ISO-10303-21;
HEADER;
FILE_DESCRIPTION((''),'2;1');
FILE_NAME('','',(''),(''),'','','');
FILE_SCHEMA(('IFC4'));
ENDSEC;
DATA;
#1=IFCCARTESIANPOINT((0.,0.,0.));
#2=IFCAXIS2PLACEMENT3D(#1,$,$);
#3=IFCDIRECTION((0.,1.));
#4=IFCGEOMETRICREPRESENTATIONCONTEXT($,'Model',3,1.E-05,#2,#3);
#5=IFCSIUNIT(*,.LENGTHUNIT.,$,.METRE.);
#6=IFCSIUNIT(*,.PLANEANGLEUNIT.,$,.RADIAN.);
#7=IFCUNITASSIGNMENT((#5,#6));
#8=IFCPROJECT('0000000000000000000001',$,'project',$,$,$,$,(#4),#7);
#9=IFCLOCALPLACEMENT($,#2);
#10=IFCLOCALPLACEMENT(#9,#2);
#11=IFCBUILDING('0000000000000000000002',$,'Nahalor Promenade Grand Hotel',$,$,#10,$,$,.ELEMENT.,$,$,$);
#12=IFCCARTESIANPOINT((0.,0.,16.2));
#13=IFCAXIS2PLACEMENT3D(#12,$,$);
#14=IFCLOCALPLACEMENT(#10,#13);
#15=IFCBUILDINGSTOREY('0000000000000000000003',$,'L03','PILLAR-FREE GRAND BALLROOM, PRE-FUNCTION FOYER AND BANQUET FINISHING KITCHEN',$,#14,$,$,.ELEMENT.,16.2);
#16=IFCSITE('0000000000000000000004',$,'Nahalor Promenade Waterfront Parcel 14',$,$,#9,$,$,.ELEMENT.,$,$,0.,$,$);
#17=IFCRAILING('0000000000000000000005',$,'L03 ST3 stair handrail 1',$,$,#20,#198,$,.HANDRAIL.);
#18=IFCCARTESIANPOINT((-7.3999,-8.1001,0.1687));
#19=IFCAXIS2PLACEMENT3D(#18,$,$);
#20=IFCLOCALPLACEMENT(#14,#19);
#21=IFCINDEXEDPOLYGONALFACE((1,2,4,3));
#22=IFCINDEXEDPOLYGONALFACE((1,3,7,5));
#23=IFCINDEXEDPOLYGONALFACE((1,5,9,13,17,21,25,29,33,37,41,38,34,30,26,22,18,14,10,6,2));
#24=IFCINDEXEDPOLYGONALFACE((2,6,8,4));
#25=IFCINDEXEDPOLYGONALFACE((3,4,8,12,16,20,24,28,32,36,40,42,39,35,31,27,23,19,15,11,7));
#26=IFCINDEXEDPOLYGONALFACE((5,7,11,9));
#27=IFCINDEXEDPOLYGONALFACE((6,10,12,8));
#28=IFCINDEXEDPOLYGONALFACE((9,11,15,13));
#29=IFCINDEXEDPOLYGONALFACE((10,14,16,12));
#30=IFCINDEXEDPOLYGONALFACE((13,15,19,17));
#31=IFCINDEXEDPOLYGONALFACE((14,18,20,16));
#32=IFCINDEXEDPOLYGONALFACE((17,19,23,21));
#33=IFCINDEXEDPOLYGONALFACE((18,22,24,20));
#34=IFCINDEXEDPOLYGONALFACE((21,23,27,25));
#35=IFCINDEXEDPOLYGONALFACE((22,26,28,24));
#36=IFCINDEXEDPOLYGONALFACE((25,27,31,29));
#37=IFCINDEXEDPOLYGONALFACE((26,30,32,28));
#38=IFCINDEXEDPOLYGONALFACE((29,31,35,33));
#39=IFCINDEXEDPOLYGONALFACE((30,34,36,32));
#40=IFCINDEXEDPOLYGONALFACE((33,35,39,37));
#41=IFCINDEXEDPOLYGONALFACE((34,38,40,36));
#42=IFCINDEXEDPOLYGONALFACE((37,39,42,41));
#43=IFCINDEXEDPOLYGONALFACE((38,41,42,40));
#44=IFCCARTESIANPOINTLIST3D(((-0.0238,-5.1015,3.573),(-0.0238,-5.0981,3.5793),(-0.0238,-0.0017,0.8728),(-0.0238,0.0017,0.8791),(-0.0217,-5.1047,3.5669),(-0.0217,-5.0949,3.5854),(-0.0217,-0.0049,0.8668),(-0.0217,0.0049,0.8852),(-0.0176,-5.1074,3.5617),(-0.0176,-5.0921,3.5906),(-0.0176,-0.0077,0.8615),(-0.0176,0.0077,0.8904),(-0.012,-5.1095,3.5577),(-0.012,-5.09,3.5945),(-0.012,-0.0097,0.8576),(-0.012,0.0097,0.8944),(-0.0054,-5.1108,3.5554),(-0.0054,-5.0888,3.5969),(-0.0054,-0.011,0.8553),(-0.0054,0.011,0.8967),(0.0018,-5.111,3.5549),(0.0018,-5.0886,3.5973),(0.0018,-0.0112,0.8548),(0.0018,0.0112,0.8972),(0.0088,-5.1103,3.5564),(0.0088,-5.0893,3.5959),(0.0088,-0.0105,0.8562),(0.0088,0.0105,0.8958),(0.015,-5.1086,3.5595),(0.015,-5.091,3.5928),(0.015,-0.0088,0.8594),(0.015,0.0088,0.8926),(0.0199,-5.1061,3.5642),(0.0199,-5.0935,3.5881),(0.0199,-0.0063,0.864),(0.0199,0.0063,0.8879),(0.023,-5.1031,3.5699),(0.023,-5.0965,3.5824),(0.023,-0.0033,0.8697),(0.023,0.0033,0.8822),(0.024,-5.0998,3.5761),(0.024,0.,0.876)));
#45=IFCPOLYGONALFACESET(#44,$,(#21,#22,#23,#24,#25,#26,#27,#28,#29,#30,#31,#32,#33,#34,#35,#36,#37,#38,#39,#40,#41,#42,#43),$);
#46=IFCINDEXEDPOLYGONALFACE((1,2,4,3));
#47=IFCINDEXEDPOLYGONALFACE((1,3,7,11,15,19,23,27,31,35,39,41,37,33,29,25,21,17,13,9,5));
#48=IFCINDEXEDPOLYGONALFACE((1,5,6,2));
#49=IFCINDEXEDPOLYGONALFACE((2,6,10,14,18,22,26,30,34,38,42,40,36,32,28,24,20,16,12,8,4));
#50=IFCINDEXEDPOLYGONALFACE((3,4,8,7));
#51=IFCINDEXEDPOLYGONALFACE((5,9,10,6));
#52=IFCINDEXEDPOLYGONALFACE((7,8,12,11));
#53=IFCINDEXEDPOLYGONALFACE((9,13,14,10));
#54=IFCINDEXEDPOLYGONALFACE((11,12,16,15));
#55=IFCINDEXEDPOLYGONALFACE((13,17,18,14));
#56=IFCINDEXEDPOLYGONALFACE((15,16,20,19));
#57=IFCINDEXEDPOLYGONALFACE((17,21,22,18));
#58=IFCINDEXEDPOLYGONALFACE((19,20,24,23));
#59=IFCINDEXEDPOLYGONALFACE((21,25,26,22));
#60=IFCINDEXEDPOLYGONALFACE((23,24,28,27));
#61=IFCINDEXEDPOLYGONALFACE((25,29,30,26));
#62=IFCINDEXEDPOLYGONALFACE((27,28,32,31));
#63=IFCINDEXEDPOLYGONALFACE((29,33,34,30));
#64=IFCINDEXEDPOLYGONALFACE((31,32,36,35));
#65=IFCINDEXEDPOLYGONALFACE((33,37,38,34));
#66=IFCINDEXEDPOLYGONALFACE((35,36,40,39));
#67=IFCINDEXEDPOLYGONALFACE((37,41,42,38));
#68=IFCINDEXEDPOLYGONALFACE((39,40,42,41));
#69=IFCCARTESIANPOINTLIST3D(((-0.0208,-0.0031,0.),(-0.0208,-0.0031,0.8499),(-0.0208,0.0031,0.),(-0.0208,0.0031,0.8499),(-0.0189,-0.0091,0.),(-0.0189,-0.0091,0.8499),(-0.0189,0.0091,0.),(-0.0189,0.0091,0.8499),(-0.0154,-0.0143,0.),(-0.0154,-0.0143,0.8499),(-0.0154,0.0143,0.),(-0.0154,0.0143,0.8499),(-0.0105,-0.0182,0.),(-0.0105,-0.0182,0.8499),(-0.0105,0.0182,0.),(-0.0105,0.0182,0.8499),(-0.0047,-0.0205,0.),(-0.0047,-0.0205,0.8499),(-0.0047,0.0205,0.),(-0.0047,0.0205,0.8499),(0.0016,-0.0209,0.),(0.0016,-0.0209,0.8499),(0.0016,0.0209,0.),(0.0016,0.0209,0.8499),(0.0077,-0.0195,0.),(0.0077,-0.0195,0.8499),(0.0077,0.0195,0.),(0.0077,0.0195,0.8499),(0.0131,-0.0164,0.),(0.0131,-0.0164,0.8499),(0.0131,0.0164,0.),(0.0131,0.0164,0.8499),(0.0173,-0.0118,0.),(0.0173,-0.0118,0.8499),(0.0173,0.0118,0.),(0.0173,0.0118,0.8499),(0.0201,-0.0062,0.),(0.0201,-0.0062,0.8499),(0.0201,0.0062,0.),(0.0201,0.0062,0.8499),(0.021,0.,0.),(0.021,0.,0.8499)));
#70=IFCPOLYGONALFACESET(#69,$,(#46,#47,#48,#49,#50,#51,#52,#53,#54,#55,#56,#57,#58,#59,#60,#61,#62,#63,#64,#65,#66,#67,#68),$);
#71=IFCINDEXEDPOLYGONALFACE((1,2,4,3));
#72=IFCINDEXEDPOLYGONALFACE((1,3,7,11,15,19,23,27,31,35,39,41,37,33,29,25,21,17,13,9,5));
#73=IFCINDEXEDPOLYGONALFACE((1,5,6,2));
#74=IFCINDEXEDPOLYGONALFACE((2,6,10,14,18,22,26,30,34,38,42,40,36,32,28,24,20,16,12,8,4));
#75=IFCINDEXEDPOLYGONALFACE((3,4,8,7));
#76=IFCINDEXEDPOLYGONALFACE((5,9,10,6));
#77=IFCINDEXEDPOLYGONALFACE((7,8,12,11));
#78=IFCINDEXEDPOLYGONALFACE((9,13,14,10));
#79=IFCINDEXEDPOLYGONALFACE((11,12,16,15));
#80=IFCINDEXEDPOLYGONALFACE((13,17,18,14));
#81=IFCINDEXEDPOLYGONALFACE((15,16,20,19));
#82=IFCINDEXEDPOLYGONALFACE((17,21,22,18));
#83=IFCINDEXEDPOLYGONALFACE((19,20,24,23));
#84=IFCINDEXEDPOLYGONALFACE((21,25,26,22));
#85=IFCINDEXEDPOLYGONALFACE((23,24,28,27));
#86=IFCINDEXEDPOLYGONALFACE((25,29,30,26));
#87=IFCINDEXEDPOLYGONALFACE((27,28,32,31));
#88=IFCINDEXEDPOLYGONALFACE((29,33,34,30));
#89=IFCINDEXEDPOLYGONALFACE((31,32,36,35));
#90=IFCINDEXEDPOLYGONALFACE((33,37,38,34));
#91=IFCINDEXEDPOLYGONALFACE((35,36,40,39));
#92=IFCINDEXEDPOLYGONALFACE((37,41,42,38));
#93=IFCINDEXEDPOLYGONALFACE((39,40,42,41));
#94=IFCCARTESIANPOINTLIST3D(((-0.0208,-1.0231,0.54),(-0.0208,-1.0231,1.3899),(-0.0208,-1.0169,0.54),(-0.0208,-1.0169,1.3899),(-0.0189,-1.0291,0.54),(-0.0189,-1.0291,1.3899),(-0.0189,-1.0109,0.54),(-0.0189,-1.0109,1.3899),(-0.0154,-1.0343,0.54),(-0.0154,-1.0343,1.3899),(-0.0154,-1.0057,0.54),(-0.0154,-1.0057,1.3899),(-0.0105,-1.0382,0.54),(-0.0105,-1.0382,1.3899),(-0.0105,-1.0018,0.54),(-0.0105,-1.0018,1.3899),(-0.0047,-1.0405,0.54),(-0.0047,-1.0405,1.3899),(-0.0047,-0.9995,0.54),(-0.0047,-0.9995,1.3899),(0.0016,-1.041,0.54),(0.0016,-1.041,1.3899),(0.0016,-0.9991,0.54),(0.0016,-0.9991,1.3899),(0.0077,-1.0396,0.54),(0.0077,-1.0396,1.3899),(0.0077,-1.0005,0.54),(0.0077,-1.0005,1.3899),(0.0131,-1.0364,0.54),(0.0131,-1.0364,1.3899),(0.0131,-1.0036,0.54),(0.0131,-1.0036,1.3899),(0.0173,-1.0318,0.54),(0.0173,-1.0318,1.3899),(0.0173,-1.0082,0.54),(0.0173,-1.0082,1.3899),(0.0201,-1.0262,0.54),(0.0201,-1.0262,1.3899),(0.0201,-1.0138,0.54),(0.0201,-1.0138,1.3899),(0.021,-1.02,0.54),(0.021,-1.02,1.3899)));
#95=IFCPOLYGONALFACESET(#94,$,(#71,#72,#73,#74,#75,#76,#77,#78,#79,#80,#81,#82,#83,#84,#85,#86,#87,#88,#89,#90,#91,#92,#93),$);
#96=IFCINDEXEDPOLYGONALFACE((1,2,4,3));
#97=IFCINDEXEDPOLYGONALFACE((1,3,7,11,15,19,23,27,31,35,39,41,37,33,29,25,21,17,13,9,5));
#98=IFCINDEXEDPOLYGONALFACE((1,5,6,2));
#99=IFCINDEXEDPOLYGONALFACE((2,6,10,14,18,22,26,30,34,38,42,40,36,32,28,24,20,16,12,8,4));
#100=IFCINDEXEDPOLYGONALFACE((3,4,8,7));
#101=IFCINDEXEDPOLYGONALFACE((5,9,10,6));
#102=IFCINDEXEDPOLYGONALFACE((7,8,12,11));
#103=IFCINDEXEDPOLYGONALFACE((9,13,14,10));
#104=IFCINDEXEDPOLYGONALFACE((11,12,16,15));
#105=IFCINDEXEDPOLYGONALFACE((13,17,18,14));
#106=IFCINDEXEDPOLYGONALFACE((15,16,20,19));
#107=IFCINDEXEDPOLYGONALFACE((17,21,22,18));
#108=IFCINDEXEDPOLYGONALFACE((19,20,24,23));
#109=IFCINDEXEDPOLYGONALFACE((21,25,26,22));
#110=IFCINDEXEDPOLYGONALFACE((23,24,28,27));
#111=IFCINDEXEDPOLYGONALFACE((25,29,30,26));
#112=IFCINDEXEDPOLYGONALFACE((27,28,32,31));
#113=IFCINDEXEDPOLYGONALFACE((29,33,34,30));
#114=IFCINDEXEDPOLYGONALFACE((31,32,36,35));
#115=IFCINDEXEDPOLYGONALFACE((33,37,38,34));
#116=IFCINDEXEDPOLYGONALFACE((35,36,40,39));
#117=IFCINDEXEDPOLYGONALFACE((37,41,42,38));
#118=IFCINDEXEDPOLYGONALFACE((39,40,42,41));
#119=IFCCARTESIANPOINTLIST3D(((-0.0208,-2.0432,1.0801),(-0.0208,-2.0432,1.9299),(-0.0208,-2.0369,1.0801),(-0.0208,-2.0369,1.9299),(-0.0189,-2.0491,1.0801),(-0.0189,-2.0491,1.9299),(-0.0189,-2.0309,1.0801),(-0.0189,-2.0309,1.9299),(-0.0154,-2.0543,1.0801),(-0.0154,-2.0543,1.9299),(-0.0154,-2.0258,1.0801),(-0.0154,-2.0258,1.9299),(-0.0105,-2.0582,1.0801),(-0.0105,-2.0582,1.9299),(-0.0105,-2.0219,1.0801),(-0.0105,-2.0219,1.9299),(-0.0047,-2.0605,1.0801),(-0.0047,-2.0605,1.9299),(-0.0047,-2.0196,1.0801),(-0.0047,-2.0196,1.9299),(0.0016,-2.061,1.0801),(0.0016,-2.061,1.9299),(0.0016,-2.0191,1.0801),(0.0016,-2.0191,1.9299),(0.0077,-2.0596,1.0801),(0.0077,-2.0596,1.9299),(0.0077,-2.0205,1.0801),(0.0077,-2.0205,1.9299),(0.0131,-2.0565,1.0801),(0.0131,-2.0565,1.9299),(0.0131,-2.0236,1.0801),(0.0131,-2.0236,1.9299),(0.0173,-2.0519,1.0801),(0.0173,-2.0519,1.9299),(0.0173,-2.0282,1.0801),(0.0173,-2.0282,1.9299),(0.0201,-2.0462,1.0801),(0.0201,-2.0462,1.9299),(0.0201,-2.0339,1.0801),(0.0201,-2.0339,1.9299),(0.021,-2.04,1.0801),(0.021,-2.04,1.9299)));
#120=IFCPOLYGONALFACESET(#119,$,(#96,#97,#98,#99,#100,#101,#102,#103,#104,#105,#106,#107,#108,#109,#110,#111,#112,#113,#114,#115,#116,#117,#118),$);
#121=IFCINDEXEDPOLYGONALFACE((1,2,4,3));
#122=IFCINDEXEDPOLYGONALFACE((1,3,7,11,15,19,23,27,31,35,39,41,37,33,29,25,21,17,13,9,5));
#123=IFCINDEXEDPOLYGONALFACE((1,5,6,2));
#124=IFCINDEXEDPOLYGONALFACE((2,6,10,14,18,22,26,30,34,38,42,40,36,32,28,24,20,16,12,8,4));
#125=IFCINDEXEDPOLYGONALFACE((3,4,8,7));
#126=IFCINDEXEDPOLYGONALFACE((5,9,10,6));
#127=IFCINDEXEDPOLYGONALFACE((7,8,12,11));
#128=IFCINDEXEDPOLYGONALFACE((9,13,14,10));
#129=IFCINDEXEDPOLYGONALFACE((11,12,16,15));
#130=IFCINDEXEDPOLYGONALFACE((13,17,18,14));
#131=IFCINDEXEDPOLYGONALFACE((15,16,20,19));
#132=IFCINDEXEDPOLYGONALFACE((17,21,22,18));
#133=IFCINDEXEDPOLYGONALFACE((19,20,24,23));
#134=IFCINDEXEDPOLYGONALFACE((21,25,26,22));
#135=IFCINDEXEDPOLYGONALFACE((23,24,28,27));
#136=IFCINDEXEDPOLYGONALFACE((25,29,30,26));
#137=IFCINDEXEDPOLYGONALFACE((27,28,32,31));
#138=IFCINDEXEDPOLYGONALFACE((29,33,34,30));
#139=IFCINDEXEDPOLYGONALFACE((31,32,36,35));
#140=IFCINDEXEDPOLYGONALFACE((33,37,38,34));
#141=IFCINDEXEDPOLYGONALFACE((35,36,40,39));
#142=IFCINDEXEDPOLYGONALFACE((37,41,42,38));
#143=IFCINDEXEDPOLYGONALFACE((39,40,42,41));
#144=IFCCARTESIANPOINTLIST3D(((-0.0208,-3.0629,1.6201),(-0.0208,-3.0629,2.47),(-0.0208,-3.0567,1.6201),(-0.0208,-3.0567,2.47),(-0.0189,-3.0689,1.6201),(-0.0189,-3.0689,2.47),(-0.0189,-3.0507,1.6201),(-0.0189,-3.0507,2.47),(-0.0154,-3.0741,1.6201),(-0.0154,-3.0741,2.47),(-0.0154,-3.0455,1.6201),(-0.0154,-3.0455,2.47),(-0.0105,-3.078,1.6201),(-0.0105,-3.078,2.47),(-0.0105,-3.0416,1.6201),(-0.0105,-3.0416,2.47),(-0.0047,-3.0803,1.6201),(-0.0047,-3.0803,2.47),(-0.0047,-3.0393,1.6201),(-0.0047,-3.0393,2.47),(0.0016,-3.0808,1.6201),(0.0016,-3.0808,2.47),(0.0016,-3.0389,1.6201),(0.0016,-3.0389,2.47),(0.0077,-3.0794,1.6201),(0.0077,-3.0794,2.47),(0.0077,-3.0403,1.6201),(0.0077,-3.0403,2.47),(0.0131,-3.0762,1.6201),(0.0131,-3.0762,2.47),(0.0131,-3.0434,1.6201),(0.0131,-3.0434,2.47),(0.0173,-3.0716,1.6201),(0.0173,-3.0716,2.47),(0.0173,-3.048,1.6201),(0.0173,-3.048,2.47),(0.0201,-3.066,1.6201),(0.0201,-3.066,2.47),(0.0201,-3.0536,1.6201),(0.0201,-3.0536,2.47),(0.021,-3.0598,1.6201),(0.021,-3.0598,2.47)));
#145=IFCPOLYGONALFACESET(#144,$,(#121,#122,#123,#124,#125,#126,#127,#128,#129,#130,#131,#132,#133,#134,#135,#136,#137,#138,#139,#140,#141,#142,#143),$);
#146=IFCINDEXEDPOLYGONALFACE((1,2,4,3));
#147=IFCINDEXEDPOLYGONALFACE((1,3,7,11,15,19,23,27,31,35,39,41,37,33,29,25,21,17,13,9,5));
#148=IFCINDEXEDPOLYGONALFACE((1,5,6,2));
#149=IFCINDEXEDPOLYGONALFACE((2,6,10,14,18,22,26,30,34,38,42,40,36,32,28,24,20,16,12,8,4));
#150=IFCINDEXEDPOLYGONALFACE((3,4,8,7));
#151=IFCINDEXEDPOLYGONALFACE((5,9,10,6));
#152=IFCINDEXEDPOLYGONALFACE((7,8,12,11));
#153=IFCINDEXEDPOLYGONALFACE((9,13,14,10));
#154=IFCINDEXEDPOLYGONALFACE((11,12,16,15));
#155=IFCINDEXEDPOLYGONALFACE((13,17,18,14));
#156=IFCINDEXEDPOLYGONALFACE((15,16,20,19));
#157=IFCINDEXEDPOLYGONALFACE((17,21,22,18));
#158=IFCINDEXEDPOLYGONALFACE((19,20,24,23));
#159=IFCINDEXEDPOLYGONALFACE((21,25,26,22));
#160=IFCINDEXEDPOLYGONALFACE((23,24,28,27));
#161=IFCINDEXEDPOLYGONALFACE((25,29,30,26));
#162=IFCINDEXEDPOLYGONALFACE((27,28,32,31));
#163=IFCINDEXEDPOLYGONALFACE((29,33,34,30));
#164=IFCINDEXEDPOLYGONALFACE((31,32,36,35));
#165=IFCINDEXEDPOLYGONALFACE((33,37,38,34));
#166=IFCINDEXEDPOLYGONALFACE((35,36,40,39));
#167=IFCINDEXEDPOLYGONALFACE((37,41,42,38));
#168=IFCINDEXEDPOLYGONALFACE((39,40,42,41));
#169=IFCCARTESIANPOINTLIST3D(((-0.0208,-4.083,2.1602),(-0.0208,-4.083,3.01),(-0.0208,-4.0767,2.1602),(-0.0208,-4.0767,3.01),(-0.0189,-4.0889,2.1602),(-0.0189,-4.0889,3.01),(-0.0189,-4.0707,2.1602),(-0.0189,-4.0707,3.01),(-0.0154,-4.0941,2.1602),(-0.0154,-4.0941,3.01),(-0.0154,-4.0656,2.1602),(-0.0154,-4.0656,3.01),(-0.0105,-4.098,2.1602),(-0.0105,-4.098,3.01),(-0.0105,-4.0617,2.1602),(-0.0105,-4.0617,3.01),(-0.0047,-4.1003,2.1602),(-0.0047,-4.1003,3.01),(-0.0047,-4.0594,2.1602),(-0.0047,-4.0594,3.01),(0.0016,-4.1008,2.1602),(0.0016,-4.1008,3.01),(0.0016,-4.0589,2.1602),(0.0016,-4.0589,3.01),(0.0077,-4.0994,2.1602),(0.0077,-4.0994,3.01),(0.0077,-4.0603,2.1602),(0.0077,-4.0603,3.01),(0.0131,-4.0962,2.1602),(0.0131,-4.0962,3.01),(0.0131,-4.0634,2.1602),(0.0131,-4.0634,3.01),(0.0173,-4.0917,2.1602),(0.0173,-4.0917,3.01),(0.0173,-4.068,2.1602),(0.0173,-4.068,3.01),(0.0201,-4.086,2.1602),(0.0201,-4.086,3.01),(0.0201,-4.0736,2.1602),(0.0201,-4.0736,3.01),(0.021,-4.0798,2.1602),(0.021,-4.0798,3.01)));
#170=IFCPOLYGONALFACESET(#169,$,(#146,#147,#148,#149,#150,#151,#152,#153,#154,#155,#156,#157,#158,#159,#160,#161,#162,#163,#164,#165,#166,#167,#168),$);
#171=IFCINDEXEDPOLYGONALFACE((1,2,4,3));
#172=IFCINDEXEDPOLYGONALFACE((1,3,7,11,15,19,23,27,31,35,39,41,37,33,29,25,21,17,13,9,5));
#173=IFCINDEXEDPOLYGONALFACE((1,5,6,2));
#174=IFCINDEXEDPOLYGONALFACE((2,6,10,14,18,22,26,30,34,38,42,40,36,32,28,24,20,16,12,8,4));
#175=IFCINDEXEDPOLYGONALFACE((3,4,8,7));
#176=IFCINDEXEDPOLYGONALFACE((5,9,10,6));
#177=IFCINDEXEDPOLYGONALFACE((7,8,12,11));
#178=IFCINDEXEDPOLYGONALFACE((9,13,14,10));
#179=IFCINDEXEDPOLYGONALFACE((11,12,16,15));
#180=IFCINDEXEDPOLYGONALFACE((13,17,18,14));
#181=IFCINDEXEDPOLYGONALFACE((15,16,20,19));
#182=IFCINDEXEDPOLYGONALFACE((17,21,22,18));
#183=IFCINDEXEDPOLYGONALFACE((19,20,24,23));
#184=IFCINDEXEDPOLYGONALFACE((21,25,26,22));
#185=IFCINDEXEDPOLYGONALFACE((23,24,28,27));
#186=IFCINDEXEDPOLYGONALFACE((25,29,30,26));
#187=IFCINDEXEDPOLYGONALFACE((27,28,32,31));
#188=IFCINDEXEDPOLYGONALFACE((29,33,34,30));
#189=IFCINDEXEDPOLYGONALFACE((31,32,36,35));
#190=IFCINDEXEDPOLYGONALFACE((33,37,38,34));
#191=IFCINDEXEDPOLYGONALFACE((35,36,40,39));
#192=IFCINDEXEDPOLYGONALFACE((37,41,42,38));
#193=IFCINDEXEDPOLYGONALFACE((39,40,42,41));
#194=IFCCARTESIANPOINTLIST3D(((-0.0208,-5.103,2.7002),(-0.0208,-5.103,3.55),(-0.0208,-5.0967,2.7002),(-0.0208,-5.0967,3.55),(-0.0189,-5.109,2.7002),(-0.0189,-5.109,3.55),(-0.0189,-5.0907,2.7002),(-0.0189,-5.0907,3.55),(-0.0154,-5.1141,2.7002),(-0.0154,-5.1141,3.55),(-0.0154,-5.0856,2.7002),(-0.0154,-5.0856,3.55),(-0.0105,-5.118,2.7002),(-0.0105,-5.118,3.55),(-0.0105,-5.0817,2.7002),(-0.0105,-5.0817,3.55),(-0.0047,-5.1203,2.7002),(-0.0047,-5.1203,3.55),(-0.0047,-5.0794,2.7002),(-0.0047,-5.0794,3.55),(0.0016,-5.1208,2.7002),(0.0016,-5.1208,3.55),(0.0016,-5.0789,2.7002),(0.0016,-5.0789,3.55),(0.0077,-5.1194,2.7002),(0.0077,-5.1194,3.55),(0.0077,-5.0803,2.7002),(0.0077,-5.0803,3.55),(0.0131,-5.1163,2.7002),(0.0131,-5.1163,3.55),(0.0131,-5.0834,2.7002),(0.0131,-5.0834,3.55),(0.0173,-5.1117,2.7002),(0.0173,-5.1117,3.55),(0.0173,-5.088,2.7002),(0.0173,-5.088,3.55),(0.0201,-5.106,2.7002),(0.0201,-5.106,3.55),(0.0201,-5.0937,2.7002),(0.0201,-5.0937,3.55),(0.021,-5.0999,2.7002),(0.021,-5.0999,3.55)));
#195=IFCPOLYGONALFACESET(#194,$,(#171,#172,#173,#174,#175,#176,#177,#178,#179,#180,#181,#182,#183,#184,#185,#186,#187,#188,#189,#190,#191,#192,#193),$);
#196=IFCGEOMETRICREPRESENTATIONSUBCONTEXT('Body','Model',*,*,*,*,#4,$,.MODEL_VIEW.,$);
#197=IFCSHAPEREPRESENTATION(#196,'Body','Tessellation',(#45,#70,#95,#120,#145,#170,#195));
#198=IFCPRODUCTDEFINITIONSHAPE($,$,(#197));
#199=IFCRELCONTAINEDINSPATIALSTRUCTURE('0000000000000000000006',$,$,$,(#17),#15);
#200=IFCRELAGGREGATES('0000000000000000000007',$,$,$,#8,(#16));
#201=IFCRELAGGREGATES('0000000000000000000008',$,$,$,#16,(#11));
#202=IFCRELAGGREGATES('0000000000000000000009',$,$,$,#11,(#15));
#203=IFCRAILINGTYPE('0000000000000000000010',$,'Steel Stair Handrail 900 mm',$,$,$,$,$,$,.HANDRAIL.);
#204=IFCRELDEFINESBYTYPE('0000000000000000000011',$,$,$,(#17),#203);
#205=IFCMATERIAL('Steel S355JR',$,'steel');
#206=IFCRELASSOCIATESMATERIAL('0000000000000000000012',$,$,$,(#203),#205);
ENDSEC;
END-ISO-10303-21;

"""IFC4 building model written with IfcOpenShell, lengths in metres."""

from ifc_helpers import new_model, si_unit, direction, frame, origin, origin_2d, place, context, subcontext, project, spatial, circle, extrude, material, type_object, element, save


model = new_model("IFC4")

# Units and contexts
model_context = context("Model", 3, precision=1e-05, world=origin(), true_north=direction((0.0, 1.0)))
body_context = subcontext(model_context, "Body", "Model", "MODEL_VIEW")
ifc_project = project(units=[si_unit("LENGTHUNIT", "METRE"), si_unit("PLANEANGLEUNIT", "RADIAN")], contexts=[model_context])

# Site, building, storey
site_placement = place(None, origin())
site = spatial("IfcSite", under=ifc_project, at=site_placement, Name="Nahalor Promenade Waterfront Parcel 14", CompositionType="ELEMENT", RefElevation=0.0)
building_placement = place(site_placement, origin())
building = spatial("IfcBuilding", under=site, at=building_placement, Name="Nahalor Promenade Grand Hotel", CompositionType="ELEMENT")
storey_placement = place(building_placement, frame((0.0, 0.0, 16.2)))
storey = spatial("IfcBuildingStorey", under=building, at=storey_placement, Name="L03", Description="PILLAR-FREE GRAND BALLROOM, PRE-FUNCTION FOYER AND BANQUET FINISHING KITCHEN", CompositionType="ELEMENT", Elevation=16.2)

# Shared definitions
ifc_material_1 = material(Name="Steel S355JR", Category="steel")

# Railing
railing_type_1 = type_object("IfcRailingType", Name="Steel Stair Handrail 900 mm", PredefinedType="HANDRAIL", material=ifc_material_1)
for number, where, name in (
    (1, (-7.3999, -8.1001, 0.1687), "L03 ST3 stair handrail 1"),
):
    element("IfcRailing", number, at=place(storey_placement, frame(where)), inside=storey, type_object=railing_type_1, Name=name, PredefinedType="HANDRAIL", context=body_context, shape_type="SweptSolid", body=[
        extrude(circle(Radius=0.024, at=origin_2d()), frame((0.0, 0.0, 0.876), z_axis=(0.0, -0.883768, 0.467925), x_axis=(1.0, 0.0, 0.0)), (0.0, 0.0, 1.0), 5.7705),
        extrude(circle(Radius=0.021, at=origin_2d()), origin(), (0.0, 0.0, 1.0), 0.8499),
        extrude(circle(Radius=0.021, at=origin_2d()), frame((0.0, -1.02, 0.54)), (0.0, 0.0, 1.0), 0.8499),
        extrude(circle(Radius=0.021, at=origin_2d()), frame((0.0, -2.04, 1.0801)), (0.0, 0.0, 1.0), 0.8499),
        extrude(circle(Radius=0.021, at=origin_2d()), frame((0.0, -3.0598, 1.6201)), (0.0, 0.0, 1.0), 0.8499),
        extrude(circle(Radius=0.021, at=origin_2d()), frame((0.0, -4.0798, 2.1602)), (0.0, 0.0, 1.0), 0.8499),
        extrude(circle(Radius=0.021, at=origin_2d()), frame((0.0, -5.0999, 2.7002)), (0.0, 0.0, 1.0), 0.8499),
    ])

save(model, "model.ifc")
